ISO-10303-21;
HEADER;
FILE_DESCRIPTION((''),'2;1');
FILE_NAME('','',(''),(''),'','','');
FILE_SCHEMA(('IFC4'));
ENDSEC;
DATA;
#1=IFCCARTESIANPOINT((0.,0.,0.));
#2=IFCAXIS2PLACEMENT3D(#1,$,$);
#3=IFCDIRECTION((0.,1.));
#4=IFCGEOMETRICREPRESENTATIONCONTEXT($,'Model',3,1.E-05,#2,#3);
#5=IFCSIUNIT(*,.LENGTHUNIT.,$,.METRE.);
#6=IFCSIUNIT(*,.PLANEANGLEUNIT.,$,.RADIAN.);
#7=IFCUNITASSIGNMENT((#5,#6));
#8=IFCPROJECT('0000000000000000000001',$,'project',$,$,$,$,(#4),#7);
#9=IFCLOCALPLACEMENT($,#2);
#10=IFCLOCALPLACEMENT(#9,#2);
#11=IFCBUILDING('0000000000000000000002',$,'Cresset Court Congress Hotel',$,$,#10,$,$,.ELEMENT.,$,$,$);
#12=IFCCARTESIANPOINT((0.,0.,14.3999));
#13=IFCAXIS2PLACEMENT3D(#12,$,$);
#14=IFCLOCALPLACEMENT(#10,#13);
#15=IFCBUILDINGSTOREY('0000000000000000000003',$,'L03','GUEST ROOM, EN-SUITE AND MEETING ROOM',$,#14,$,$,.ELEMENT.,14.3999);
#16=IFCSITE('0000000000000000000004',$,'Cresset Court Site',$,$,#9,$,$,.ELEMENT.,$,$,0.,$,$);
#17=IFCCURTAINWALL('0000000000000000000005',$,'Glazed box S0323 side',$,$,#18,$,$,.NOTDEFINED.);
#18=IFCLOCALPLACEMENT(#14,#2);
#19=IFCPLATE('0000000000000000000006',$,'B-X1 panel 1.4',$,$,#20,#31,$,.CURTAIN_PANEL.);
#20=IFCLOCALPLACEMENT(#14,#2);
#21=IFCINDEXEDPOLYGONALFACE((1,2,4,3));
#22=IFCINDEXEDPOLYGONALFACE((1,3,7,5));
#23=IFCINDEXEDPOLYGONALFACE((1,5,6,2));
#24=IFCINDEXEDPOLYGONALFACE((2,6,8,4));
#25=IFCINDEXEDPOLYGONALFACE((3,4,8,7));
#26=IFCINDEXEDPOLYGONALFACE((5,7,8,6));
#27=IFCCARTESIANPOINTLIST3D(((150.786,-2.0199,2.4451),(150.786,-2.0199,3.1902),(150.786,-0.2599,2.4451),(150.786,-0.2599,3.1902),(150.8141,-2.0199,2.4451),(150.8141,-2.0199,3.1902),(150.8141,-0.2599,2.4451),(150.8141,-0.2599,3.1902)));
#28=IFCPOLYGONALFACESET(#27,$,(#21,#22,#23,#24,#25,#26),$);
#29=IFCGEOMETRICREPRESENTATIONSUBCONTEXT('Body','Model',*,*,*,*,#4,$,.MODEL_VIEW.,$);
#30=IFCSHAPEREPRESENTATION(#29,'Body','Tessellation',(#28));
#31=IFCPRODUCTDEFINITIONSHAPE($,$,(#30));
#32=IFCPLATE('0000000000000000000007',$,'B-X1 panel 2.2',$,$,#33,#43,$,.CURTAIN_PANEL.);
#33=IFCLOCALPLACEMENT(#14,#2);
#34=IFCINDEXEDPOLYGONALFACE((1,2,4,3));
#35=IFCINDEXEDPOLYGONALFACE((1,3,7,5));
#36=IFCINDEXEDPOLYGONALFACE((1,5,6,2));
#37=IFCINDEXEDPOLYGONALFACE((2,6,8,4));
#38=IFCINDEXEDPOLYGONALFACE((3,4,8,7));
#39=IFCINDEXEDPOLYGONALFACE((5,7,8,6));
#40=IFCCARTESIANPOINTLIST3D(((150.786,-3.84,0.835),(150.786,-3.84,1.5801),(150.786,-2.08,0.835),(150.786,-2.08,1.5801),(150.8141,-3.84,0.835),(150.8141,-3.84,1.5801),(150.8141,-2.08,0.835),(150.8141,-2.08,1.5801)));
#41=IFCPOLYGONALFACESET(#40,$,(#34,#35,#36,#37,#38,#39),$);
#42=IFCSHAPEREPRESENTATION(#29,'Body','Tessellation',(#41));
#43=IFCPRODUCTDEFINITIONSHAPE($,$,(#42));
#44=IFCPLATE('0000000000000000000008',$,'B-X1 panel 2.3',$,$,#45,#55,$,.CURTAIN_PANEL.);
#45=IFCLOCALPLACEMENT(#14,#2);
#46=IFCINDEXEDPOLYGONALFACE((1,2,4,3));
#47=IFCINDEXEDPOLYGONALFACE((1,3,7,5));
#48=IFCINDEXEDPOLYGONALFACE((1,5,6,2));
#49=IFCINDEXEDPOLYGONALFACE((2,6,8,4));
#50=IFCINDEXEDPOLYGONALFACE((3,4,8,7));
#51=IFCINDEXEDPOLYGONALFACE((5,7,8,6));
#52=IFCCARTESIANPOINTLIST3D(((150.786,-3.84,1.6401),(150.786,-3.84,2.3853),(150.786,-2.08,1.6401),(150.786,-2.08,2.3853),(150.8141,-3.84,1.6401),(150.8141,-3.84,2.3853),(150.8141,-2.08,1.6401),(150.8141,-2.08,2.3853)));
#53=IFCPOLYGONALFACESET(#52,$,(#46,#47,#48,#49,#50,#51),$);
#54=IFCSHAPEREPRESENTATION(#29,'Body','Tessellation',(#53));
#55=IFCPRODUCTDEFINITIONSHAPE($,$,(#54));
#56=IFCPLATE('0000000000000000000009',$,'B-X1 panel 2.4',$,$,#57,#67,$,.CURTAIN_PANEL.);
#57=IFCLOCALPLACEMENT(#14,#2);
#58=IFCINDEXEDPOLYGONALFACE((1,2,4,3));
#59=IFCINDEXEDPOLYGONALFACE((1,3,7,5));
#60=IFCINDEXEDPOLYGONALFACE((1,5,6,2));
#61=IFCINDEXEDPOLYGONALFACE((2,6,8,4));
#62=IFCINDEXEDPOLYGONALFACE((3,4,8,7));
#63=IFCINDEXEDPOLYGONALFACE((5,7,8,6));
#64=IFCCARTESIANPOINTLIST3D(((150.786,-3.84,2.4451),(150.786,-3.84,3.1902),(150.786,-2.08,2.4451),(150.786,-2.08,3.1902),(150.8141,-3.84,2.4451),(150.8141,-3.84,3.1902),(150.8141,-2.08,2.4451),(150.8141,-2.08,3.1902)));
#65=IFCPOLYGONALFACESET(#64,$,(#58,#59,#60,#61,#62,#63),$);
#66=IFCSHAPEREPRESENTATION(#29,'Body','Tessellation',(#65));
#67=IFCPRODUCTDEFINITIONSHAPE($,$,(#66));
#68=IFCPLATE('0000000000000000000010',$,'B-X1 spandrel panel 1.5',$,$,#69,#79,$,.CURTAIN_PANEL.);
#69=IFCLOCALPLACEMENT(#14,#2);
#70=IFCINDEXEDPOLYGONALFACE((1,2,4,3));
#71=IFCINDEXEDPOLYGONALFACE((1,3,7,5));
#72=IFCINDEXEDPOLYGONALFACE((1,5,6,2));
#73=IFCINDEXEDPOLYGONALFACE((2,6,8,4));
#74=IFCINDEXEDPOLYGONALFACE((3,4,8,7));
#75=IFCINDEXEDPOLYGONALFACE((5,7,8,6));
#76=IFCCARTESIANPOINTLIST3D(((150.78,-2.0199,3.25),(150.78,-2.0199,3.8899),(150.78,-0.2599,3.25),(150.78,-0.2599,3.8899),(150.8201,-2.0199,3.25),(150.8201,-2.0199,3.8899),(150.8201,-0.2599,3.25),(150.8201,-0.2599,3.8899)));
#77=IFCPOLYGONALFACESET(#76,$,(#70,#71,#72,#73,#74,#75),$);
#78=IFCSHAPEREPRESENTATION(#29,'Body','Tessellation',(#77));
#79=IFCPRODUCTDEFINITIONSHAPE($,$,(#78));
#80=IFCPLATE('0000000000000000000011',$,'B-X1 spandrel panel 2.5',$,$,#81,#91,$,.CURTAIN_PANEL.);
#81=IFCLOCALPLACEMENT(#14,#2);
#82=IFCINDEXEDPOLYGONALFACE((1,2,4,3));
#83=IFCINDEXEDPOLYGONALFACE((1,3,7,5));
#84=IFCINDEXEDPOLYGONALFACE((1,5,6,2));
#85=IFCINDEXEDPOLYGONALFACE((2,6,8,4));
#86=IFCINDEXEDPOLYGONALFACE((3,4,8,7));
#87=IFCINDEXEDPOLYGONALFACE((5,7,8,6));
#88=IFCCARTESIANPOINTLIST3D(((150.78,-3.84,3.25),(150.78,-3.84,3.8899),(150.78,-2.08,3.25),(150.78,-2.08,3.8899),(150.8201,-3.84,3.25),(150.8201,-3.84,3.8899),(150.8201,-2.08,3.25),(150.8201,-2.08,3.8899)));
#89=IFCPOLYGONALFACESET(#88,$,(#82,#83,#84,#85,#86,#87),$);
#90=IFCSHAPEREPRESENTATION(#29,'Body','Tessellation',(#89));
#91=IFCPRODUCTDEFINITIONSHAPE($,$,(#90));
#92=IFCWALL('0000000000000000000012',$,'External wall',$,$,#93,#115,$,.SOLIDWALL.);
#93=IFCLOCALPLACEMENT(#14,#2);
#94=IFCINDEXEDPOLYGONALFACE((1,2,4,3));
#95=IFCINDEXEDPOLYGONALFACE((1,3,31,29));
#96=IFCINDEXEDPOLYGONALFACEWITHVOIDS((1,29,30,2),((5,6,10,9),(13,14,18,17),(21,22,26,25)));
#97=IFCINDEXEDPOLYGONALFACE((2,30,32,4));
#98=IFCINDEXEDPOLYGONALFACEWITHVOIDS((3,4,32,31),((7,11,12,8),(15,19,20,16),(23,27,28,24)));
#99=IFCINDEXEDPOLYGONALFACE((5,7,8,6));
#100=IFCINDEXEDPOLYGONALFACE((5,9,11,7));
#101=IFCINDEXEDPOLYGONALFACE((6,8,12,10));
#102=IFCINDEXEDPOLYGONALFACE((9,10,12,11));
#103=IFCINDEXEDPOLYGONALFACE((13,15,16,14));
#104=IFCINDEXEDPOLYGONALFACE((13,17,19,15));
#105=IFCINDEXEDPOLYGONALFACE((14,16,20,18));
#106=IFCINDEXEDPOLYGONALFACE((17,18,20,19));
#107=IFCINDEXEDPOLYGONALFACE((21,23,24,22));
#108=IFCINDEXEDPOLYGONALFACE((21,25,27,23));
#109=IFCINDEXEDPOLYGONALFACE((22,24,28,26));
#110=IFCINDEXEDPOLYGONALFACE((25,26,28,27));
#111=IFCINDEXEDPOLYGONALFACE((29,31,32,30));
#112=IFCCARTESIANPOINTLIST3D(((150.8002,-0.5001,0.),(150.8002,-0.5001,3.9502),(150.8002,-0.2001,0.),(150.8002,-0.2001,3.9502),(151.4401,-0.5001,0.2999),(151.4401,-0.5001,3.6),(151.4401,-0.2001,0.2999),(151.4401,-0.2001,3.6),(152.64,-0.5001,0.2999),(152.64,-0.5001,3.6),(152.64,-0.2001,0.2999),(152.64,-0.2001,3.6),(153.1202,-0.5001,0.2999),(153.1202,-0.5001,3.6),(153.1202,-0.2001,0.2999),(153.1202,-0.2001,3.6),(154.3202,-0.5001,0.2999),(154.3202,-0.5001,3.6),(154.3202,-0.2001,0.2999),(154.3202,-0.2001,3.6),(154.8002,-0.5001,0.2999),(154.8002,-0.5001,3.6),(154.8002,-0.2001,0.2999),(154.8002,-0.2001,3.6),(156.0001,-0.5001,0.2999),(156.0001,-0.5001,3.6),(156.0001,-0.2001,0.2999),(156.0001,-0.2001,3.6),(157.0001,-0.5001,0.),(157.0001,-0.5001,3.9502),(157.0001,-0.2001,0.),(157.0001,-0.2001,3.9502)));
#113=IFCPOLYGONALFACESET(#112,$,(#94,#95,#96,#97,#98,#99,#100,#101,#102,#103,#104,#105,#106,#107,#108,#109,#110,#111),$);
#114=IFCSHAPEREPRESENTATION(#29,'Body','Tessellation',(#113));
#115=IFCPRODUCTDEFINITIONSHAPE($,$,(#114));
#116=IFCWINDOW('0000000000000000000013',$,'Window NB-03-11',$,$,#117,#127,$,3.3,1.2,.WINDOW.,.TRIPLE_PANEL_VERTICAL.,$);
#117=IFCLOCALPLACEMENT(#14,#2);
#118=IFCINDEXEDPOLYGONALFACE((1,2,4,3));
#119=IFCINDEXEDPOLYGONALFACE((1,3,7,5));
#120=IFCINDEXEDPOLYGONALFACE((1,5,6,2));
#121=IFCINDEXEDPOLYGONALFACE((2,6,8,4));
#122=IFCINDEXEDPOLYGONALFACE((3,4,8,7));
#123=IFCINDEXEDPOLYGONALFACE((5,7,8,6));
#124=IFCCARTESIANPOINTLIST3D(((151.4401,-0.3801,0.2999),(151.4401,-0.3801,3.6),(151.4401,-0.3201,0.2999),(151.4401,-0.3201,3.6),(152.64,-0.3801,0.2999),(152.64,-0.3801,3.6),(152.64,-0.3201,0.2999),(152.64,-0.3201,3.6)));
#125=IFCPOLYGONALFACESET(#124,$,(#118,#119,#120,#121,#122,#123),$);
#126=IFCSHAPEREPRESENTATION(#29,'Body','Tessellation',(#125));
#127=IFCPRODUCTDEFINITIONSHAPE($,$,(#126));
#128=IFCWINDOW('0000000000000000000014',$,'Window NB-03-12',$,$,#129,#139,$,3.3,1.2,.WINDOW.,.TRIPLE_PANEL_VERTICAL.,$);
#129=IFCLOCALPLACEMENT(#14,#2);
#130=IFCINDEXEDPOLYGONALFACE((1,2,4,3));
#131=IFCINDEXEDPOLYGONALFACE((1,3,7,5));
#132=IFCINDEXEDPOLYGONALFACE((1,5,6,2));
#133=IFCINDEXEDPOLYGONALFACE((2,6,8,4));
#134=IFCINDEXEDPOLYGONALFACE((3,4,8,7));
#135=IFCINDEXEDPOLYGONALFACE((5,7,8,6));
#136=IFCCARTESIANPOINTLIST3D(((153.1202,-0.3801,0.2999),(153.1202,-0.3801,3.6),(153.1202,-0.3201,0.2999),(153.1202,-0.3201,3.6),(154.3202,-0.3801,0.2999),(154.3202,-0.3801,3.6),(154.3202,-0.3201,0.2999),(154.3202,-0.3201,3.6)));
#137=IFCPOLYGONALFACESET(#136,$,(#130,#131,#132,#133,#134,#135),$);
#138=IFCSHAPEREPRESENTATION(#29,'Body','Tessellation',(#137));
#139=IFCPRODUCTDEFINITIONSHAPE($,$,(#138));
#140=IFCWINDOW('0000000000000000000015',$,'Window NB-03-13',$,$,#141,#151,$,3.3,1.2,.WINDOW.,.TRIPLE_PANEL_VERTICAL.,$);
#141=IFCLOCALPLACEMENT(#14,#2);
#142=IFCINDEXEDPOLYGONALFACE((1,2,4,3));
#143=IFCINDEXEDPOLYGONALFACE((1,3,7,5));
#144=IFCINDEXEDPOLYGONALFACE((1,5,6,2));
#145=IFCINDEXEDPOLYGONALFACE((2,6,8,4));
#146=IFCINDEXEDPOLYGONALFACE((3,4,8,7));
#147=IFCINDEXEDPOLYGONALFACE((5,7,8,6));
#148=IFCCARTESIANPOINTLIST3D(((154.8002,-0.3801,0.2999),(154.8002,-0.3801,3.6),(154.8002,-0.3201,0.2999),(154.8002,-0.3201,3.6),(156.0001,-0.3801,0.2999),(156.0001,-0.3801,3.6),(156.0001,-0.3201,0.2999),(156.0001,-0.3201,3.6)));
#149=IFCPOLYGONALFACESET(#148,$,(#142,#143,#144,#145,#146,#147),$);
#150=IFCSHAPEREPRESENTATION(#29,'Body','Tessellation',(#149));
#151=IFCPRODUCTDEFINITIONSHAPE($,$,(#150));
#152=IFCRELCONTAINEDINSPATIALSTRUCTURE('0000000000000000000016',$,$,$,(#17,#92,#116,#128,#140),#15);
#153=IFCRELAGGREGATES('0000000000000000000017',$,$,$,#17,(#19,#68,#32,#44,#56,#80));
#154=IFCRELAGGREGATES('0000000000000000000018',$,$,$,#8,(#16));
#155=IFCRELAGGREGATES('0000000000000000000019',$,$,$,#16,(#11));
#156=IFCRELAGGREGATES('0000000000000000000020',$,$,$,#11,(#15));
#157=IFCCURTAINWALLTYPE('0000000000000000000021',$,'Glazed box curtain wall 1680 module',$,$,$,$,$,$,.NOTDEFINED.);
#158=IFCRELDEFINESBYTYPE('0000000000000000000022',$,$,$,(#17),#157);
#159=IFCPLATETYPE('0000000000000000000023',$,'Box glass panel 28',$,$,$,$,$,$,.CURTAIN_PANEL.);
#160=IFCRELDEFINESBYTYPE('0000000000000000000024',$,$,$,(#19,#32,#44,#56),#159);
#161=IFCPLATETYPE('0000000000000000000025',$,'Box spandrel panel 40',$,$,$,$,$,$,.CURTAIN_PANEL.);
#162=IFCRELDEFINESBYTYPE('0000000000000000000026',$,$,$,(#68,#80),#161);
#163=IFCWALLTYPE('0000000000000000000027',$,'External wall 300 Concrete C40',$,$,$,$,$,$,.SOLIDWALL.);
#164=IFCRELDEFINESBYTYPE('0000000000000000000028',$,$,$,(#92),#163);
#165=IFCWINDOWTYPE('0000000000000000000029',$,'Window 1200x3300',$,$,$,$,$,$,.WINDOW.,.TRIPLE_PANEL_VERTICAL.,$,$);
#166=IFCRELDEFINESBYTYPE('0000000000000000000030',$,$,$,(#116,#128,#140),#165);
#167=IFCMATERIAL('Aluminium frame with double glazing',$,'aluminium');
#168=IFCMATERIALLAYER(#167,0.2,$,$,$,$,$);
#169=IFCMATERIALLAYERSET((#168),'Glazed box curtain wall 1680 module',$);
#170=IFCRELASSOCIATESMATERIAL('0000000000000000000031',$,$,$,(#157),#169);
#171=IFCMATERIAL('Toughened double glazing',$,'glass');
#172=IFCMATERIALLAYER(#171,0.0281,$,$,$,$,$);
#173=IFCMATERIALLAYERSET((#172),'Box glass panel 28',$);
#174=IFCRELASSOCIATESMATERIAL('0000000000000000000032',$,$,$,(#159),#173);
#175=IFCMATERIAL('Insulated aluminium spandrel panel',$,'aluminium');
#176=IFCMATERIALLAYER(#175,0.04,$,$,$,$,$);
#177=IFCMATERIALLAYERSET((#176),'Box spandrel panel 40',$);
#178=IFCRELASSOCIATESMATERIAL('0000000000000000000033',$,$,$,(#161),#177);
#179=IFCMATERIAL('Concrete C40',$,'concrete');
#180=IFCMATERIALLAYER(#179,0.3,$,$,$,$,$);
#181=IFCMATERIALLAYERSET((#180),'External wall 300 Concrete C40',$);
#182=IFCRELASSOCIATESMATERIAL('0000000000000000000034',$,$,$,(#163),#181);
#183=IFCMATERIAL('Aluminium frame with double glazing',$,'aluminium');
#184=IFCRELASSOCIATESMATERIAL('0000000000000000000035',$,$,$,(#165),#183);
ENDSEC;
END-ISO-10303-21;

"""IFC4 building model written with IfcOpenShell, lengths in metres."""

from ifc_helpers import new_model, si_unit, direction, frame, frame_2d, origin, origin_2d, place, context, subcontext, project, spatial, rectangle, extrude, material, layer, layer_set, type_object, element, fill, aggregate, save


model = new_model("IFC4")

# Units and contexts
model_context = context("Model", 3, precision=1e-05, world=origin(), true_north=direction((0.0, 1.0)))
body_context = subcontext(model_context, "Body", "Model", "MODEL_VIEW")
ifc_project = project(units=[si_unit("LENGTHUNIT", "METRE"), si_unit("PLANEANGLEUNIT", "RADIAN")], contexts=[model_context])

# Site, building, storey
site_placement = place(None, origin())
site = spatial("IfcSite", under=ifc_project, at=site_placement, Name="Cresset Court Site", CompositionType="ELEMENT", RefElevation=0.0)
building_placement = place(site_placement, origin())
building = spatial("IfcBuilding", under=site, at=building_placement, Name="Cresset Court Congress Hotel", CompositionType="ELEMENT")
storey_placement = place(building_placement, frame((0.0, 0.0, 14.3999)))
storey = spatial("IfcBuildingStorey", under=building, at=storey_placement, Name="L03", Description="GUEST ROOM, EN-SUITE AND MEETING ROOM", CompositionType="ELEMENT", Elevation=14.3999)

# Curtain wall, plates
ifc_material_1 = material(Name="Aluminium frame with double glazing", Category="aluminium")
ifc_layer_1 = layer(ifc_material_1, 0.2)
ifc_layer_set_1 = layer_set([ifc_layer_1], Name="Glazed box curtain wall 1680 module")
curtain_wall_type = type_object("IfcCurtainWallType", Name="Glazed box curtain wall 1680 module", PredefinedType="NOTDEFINED", material=ifc_layer_set_1)
curtain_wall_placement = place(storey_placement, origin())
curtain_wall = element("IfcCurtainWall", 1, at=curtain_wall_placement, inside=storey, type_object=curtain_wall_type, Name="Glazed box S0323 side", PredefinedType="NOTDEFINED")
ifc_material_2 = material(Name="Toughened double glazing", Category="glass")
ifc_layer_2 = layer(ifc_material_2, 0.0281)
ifc_layer_set_2 = layer_set([ifc_layer_2], Name="Box glass panel 28")
plate_type_1 = type_object("IfcPlateType", Name="Box glass panel 28", PredefinedType="CURTAIN_PANEL", material=ifc_layer_set_2)
plate_1_placement = place(storey_placement, frame((150.8, -1.1399, 2.4451), z_axis=(0.0, 0.0, 1.0), x_axis=(0.0, -1.0, 0.0)))
plate_1 = element("IfcPlate", 2, at=plate_1_placement, type_object=plate_type_1, Name="B-X1 panel 1.4", PredefinedType="CURTAIN_PANEL", context=body_context, shape_type="SweptSolid", body=[
    extrude(rectangle(XDim=1.76, YDim=0.0281, at=origin_2d()), origin(), (0.0, 0.0, 1.0), 0.7451),
])
plate_2_placement = place(storey_placement, frame((150.8, -2.96, 0.835), z_axis=(0.0, 0.0, 1.0), x_axis=(0.0, -1.0, 0.0)))
plate_2 = element("IfcPlate", 3, at=plate_2_placement, type_object=plate_type_1, Name="B-X1 panel 2.2", PredefinedType="CURTAIN_PANEL", context=body_context, shape_type="SweptSolid", body=[
    extrude(rectangle(XDim=1.76, YDim=0.0281, at=origin_2d()), origin(), (0.0, 0.0, 1.0), 0.7451),
])
plate_3_placement = place(storey_placement, frame((150.8, -2.96, 1.6401), z_axis=(0.0, 0.0, 1.0), x_axis=(0.0, -1.0, 0.0)))
plate_3 = element("IfcPlate", 4, at=plate_3_placement, type_object=plate_type_1, Name="B-X1 panel 2.3", PredefinedType="CURTAIN_PANEL", context=body_context, shape_type="SweptSolid", body=[
    extrude(rectangle(XDim=1.76, YDim=0.0281, at=origin_2d()), origin(), (0.0, 0.0, 1.0), 0.7451),
])
plate_4_placement = place(storey_placement, frame((150.8, -2.96, 2.4451), z_axis=(0.0, 0.0, 1.0), x_axis=(0.0, -1.0, 0.0)))
plate_4 = element("IfcPlate", 5, at=plate_4_placement, type_object=plate_type_1, Name="B-X1 panel 2.4", PredefinedType="CURTAIN_PANEL", context=body_context, shape_type="SweptSolid", body=[
    extrude(rectangle(XDim=1.76, YDim=0.0281, at=origin_2d()), origin(), (0.0, 0.0, 1.0), 0.7451),
])
ifc_material_3 = material(Name="Insulated aluminium spandrel panel", Category="aluminium")
ifc_layer_3 = layer(ifc_material_3, 0.04)
ifc_layer_set_3 = layer_set([ifc_layer_3], Name="Box spandrel panel 40")
plate_type_2 = type_object("IfcPlateType", Name="Box spandrel panel 40", PredefinedType="CURTAIN_PANEL", material=ifc_layer_set_3)
plate_5_placement = place(storey_placement, frame((150.8, -1.1399, 3.25), z_axis=(0.0, 0.0, 1.0), x_axis=(0.0, -1.0, 0.0)))
plate_5 = element("IfcPlate", 6, at=plate_5_placement, type_object=plate_type_2, Name="B-X1 spandrel panel 1.5", PredefinedType="CURTAIN_PANEL", context=body_context, shape_type="SweptSolid", body=[
    extrude(rectangle(XDim=1.76, YDim=0.04, at=origin_2d()), origin(), (0.0, 0.0, 1.0), 0.6399),
])
plate_6_placement = place(storey_placement, frame((150.8, -2.96, 3.25), z_axis=(0.0, 0.0, 1.0), x_axis=(0.0, -1.0, 0.0)))
plate_6 = element("IfcPlate", 7, at=plate_6_placement, type_object=plate_type_2, Name="B-X1 spandrel panel 2.5", PredefinedType="CURTAIN_PANEL", context=body_context, shape_type="SweptSolid", body=[
    extrude(rectangle(XDim=1.76, YDim=0.04, at=origin_2d()), origin(), (0.0, 0.0, 1.0), 0.6399),
])
aggregate(curtain_wall, [plate_1, plate_5, plate_2, plate_3, plate_4, plate_6])

# Wall, openings, windows
ifc_material_4 = material(Name="Concrete C40", Category="concrete")
ifc_layer_4 = layer(ifc_material_4, 0.3)
ifc_layer_set_4 = layer_set([ifc_layer_4], Name="External wall 300 Concrete C40")
wall_type = type_object("IfcWallType", Name="External wall 300 Concrete C40", PredefinedType="SOLIDWALL", material=ifc_layer_set_4)
wall_placement = place(storey_placement, frame((150.8, -0.3501, 0.0), z_axis=(0.0, 0.0, 1.0), x_axis=(1.0, 0.0, 0.0)))
wall = element("IfcWall", 8, at=wall_placement, inside=storey, type_object=wall_type, Name="External wall", PredefinedType="SOLIDWALL", context=body_context, shape_type="SweptSolid", body=[
    extrude(rectangle(XDim=6.2, YDim=0.3, at=frame_2d((3.1001, 0.0))), origin(), (0.0, 0.0, 1.0), 3.9502),
])
opening_1_placement = place(wall_placement, frame((0.6399, 0.0, 0.3)))
opening_1 = element("IfcOpeningElement", 9, at=opening_1_placement, cuts=wall, PredefinedType="OPENING", context=body_context, shape_type="SweptSolid", body=[
    extrude(rectangle(XDim=1.2, YDim=3.3, at=frame_2d((0.6001, 1.6499))), frame((0.0, 0.1599, 0.0), z_axis=(0.0, -1.0, 0.0), x_axis=(1.0, 0.0, 0.0)), (0.0, 0.0, 1.0), 0.3201),
])
opening_2_placement = place(wall_placement, frame((2.3201, 0.0, 0.3)))
opening_2 = element("IfcOpeningElement", 10, at=opening_2_placement, cuts=wall, PredefinedType="OPENING", context=body_context, shape_type="SweptSolid", body=[
    extrude(rectangle(XDim=1.2, YDim=3.3, at=frame_2d((0.6001, 1.6499))), frame((0.0, 0.1599, 0.0), z_axis=(0.0, -1.0, 0.0), x_axis=(1.0, 0.0, 0.0)), (0.0, 0.0, 1.0), 0.3201),
])
opening_3_placement = place(wall_placement, frame((4.0, 0.0, 0.3)))
opening_3 = element("IfcOpeningElement", 11, at=opening_3_placement, cuts=wall, PredefinedType="OPENING", context=body_context, shape_type="SweptSolid", body=[
    extrude(rectangle(XDim=1.2, YDim=3.3, at=frame_2d((0.6001, 1.6499))), frame((0.0, 0.1599, 0.0), z_axis=(0.0, -1.0, 0.0), x_axis=(1.0, 0.0, 0.0)), (0.0, 0.0, 1.0), 0.3201),
])
ifc_material_5 = material(Name="Aluminium frame with double glazing", Category="aluminium")
window_type = type_object("IfcWindowType", Name="Window 1200x3300", PartitioningType="TRIPLE_PANEL_VERTICAL", PredefinedType="WINDOW", material=ifc_material_5)
window_1_placement = place(opening_1_placement, origin())
window_1 = element("IfcWindow", 12, at=window_1_placement, inside=storey, type_object=window_type, Name="Window NB-03-11", OverallHeight=3.3, OverallWidth=1.2, PartitioningType="TRIPLE_PANEL_VERTICAL", PredefinedType="WINDOW", context=body_context, shape_type="SweptSolid", body=[
    extrude(rectangle(XDim=1.2, YDim=3.3, at=frame_2d((0.6001, 1.6499))), frame((0.0, 0.03, 0.0), z_axis=(0.0, -1.0, 0.0), x_axis=(1.0, 0.0, 0.0)), (0.0, 0.0, 1.0), 0.0601),
])
fill(opening_1, window_1)
window_2_placement = place(opening_2_placement, origin())
window_2 = element("IfcWindow", 13, at=window_2_placement, inside=storey, type_object=window_type, Name="Window NB-03-12", OverallHeight=3.3, OverallWidth=1.2, PartitioningType="TRIPLE_PANEL_VERTICAL", PredefinedType="WINDOW", context=body_context, shape_type="SweptSolid", body=[
    extrude(rectangle(XDim=1.2, YDim=3.3, at=frame_2d((0.6001, 1.6499))), frame((0.0, 0.03, 0.0), z_axis=(0.0, -1.0, 0.0), x_axis=(1.0, 0.0, 0.0)), (0.0, 0.0, 1.0), 0.0601),
])
fill(opening_2, window_2)
window_3_placement = place(opening_3_placement, origin())
window_3 = element("IfcWindow", 14, at=window_3_placement, inside=storey, type_object=window_type, Name="Window NB-03-13", OverallHeight=3.3, OverallWidth=1.2, PartitioningType="TRIPLE_PANEL_VERTICAL", PredefinedType="WINDOW", context=body_context, shape_type="SweptSolid", body=[
    extrude(rectangle(XDim=1.2, YDim=3.3, at=frame_2d((0.6001, 1.6499))), frame((0.0, 0.03, 0.0), z_axis=(0.0, -1.0, 0.0), x_axis=(1.0, 0.0, 0.0)), (0.0, 0.0, 1.0), 0.0601),
])
fill(opening_3, window_3)

save(model, "model.ifc")
